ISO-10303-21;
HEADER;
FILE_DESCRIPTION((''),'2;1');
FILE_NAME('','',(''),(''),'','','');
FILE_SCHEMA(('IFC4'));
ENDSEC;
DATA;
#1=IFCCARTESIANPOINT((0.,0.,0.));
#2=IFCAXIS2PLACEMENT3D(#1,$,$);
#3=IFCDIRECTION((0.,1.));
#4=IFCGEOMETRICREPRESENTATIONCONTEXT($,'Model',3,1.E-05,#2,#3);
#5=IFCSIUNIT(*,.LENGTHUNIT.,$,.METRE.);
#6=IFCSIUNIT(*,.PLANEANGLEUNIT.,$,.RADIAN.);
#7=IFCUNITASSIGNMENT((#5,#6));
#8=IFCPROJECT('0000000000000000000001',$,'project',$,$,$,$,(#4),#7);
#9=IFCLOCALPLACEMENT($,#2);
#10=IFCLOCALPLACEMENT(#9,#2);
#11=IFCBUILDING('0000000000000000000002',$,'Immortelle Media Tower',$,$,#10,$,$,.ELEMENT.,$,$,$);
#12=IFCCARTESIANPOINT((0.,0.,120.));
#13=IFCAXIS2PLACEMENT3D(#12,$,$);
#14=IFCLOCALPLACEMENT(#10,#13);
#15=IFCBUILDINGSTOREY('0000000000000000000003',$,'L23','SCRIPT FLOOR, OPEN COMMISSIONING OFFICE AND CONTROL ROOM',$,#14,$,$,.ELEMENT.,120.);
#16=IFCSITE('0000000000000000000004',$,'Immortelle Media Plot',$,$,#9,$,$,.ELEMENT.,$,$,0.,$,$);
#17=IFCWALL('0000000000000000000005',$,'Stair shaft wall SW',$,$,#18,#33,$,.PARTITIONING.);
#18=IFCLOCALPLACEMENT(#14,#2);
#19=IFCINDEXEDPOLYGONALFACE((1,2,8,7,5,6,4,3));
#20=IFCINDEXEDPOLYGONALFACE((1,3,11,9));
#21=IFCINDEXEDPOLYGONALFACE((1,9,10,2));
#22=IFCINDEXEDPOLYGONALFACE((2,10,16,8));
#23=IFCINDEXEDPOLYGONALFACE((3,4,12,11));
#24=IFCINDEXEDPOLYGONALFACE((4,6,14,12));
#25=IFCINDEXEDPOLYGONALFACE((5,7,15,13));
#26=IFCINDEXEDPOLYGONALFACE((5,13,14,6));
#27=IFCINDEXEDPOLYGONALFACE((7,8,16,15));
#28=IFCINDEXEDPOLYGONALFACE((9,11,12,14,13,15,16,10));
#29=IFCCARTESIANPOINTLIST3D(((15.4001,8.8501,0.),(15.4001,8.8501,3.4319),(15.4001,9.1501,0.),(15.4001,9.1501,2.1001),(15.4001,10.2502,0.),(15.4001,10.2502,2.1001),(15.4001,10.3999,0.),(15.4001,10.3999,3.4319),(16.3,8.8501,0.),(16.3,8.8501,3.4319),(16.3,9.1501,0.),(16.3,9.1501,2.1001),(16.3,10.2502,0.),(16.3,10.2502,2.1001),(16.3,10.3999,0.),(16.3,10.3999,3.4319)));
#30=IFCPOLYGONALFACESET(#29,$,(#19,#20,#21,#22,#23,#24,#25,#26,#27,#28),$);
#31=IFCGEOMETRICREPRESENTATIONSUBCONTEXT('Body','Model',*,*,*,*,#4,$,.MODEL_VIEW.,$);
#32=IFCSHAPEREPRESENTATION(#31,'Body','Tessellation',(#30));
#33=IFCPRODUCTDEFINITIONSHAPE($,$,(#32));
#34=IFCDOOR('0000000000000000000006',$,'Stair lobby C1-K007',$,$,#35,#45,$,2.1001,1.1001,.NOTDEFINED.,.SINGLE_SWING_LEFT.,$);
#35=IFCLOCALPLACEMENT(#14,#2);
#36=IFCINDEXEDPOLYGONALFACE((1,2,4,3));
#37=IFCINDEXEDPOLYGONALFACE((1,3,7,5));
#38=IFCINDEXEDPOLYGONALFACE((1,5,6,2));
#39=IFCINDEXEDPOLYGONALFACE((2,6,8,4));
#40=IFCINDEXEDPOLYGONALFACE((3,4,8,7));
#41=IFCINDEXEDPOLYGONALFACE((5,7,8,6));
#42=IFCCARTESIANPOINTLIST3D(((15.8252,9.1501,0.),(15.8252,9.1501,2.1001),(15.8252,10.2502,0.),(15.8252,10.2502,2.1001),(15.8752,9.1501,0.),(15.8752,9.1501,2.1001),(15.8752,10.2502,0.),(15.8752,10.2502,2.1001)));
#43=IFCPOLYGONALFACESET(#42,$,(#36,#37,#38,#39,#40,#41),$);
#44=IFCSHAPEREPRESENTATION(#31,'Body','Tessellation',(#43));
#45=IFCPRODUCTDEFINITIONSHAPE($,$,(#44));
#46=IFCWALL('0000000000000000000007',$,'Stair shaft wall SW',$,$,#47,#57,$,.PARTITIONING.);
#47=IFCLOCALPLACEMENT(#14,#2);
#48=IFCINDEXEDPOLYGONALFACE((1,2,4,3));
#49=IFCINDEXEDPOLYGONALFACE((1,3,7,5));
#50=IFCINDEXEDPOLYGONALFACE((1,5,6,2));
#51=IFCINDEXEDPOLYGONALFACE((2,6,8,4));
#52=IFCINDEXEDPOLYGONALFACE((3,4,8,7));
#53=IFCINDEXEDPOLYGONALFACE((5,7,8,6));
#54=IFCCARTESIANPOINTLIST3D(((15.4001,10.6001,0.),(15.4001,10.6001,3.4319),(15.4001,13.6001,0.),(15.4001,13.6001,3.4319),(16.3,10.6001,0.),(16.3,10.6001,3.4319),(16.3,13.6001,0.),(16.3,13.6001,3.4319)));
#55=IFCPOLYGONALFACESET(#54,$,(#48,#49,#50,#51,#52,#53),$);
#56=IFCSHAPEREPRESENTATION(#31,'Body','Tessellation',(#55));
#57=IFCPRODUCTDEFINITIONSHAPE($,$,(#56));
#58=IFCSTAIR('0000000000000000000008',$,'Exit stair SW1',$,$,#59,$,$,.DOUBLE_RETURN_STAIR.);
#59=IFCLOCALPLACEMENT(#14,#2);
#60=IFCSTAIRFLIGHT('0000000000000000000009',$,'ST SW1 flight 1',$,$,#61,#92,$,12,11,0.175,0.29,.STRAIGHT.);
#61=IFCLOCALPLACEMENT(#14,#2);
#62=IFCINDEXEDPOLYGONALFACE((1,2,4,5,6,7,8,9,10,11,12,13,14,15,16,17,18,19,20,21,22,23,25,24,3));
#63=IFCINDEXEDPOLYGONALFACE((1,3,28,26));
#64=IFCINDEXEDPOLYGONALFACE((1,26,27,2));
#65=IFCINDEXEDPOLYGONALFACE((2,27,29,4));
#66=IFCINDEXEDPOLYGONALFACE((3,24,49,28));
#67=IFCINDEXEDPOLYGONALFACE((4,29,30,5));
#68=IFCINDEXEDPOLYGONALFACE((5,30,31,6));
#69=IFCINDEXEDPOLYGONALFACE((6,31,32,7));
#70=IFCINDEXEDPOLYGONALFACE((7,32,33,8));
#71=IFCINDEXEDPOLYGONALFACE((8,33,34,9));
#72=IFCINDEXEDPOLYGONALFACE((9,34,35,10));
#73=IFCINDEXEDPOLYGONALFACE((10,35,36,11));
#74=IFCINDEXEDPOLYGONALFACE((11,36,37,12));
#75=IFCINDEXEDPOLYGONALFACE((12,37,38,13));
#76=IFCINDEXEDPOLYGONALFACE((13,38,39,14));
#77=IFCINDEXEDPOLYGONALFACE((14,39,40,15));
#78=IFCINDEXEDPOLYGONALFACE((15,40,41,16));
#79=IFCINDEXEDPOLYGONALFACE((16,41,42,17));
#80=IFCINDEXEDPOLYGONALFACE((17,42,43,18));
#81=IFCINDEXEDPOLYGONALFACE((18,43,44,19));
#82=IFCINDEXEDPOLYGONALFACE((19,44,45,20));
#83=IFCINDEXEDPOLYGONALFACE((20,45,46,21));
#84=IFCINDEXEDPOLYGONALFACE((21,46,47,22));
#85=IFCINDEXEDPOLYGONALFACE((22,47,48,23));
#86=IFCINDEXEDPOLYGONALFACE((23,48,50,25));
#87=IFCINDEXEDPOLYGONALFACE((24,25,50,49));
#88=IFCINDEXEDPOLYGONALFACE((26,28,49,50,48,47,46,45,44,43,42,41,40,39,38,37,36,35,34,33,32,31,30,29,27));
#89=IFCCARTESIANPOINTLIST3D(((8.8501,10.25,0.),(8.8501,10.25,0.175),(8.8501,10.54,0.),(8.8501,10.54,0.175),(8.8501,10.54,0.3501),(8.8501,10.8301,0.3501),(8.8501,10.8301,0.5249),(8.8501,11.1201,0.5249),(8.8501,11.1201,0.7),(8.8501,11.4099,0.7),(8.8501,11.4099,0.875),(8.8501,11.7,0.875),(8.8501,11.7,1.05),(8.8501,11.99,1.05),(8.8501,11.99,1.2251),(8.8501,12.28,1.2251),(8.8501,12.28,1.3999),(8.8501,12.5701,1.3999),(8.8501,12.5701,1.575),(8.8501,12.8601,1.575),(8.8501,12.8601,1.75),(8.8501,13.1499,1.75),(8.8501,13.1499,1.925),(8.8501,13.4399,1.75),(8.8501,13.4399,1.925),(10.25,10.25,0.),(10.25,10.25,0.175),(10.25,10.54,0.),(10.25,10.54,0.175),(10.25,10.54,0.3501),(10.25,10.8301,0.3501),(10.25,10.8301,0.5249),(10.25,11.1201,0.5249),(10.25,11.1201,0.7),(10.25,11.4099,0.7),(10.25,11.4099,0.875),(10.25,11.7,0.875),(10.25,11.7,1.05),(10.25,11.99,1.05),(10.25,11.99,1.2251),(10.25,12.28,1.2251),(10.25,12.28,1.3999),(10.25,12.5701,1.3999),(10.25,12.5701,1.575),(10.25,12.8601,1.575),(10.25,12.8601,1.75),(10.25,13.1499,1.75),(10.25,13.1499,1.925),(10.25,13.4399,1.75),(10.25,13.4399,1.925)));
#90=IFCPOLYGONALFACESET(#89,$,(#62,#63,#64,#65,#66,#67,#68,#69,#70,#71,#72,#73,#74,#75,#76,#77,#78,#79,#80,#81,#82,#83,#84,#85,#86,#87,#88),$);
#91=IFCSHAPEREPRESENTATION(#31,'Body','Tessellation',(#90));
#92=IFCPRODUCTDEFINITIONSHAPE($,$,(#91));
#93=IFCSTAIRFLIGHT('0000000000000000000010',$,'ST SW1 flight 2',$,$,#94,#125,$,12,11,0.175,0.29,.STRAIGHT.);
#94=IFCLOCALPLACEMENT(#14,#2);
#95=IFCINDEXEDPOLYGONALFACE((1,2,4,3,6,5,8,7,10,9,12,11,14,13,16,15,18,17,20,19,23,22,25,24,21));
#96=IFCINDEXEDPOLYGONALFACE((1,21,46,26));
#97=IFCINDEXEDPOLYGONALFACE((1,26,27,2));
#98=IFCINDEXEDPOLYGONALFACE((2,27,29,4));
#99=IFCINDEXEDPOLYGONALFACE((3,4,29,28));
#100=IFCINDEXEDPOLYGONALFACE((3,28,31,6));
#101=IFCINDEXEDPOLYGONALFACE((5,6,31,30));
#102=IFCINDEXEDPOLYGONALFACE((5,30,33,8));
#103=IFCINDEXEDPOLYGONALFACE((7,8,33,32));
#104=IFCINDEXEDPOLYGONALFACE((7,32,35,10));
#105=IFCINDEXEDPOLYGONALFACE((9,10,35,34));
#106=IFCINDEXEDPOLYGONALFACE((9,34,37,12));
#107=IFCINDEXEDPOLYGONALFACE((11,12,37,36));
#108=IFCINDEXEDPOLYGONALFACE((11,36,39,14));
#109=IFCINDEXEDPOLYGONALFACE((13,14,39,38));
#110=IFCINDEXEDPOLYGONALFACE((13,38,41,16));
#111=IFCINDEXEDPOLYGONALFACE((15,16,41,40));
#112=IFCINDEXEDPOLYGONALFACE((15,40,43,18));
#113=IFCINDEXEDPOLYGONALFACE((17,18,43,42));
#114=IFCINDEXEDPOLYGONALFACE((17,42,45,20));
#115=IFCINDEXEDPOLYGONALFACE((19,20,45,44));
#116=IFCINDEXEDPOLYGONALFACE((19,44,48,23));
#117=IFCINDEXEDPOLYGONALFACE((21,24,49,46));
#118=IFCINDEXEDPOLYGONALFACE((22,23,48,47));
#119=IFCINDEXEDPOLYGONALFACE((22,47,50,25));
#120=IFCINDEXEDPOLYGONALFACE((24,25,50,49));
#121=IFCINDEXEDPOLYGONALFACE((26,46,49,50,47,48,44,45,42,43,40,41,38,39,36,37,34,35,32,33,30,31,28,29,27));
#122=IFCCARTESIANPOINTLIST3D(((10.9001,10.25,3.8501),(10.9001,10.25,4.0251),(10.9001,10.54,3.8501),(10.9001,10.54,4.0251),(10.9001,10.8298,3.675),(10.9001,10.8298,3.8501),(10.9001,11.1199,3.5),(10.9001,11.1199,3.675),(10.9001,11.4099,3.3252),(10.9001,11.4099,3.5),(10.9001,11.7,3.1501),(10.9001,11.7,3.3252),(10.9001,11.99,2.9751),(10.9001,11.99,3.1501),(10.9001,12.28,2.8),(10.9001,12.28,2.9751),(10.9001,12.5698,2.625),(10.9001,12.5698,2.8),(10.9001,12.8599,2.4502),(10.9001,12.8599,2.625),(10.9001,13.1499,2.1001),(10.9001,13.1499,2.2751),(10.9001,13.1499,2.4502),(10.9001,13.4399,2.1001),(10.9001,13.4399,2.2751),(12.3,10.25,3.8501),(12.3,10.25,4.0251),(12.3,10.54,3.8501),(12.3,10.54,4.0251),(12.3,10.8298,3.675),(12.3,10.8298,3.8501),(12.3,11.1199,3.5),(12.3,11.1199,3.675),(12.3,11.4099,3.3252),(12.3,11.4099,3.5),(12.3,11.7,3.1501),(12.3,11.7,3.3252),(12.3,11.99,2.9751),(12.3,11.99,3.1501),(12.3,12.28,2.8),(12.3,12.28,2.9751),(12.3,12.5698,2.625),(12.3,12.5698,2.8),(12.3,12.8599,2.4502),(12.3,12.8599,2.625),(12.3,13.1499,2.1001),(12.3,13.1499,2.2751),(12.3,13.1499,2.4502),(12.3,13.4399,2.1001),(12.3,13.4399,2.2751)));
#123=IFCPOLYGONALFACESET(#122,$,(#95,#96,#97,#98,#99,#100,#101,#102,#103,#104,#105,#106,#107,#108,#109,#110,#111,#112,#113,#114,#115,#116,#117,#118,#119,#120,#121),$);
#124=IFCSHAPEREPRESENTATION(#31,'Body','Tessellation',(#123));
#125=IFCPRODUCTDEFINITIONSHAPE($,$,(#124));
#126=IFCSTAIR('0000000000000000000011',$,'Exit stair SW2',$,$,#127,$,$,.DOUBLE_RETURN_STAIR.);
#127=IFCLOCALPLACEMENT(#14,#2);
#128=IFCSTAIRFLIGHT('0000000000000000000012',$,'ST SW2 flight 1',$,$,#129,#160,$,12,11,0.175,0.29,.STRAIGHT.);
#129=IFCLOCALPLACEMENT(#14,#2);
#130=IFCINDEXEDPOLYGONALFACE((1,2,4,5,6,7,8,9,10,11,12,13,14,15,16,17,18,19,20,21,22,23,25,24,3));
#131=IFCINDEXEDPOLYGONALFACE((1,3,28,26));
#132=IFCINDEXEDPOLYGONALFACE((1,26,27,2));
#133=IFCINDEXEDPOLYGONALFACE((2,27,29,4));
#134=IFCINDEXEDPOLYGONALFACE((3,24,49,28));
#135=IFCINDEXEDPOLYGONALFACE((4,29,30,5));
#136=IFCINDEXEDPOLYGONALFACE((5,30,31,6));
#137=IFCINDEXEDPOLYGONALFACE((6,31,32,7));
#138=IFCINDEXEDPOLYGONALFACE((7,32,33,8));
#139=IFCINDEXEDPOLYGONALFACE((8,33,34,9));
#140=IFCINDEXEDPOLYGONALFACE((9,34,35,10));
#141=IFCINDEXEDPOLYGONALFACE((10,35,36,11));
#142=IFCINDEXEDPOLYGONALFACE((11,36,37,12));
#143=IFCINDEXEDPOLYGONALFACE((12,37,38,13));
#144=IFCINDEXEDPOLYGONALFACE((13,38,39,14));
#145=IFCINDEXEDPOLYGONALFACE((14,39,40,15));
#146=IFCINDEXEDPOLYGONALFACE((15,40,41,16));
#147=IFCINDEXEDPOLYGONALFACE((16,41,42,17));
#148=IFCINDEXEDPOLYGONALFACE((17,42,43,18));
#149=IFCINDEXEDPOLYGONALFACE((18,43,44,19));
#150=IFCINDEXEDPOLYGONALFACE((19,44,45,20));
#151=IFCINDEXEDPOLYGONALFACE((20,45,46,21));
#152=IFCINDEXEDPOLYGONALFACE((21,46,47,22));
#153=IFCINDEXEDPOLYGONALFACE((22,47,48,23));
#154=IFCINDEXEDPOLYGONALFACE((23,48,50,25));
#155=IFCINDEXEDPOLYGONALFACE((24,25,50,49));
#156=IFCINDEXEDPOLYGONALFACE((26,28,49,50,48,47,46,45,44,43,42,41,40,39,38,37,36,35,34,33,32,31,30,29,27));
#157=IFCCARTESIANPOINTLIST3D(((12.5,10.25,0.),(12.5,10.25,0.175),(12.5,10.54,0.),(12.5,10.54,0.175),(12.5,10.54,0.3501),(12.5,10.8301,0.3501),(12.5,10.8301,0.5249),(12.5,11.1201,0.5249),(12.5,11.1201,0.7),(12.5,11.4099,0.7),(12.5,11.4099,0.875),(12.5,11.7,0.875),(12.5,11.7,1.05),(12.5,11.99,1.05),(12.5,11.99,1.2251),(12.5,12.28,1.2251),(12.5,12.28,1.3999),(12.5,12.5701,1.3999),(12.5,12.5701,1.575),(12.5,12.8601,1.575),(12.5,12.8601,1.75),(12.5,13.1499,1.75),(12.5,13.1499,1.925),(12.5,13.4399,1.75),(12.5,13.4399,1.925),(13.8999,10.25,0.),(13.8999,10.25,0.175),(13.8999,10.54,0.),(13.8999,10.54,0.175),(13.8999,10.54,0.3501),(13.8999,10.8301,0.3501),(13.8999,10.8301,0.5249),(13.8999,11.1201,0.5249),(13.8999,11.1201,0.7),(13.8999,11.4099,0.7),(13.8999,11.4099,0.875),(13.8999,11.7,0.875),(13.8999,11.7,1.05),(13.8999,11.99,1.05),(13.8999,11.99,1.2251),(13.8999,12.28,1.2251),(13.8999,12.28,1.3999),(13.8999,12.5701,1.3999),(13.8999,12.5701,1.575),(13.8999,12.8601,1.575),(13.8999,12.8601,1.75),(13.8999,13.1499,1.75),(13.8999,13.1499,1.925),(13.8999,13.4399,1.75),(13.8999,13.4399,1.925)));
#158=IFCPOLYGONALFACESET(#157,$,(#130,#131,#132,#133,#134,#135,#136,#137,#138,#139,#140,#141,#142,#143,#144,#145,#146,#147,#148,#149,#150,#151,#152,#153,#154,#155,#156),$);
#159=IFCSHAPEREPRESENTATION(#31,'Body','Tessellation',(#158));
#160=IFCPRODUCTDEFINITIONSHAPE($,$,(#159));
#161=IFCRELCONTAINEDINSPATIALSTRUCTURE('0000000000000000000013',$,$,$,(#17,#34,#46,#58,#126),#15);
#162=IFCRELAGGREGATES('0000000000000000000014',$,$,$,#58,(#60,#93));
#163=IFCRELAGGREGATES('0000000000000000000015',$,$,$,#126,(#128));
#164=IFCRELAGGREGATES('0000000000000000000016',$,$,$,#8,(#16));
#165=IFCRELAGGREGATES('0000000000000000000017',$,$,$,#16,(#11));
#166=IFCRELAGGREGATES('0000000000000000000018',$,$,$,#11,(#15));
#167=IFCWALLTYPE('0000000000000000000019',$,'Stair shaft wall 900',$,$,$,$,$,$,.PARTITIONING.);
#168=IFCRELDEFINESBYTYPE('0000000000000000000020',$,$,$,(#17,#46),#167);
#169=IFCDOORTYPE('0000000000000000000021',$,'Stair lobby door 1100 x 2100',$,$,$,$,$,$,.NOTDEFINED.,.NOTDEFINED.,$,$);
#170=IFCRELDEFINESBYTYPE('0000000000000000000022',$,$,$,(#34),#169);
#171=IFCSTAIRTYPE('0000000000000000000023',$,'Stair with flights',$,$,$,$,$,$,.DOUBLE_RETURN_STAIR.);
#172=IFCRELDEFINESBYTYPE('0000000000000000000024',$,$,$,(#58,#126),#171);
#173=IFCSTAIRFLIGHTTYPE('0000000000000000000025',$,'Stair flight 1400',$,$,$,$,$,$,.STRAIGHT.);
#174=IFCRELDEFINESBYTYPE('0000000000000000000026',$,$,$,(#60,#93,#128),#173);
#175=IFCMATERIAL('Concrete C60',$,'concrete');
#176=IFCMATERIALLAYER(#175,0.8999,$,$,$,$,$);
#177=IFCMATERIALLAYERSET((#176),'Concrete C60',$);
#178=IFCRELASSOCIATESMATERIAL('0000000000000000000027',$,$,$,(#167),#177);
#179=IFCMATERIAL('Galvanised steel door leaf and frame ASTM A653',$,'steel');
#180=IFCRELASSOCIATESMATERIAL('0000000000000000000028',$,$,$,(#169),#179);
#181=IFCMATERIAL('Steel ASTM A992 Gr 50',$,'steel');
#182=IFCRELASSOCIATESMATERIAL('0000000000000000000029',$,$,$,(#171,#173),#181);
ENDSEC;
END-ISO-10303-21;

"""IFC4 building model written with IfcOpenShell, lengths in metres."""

from ifc_helpers import new_model, si_unit, direction, frame, frame_2d, origin, place, context, subcontext, project, spatial, polyline, rectangle, outline, extrude, material, layer, layer_set, type_object, element, fill, aggregate, save


model = new_model("IFC4")

# Units and contexts
model_context = context("Model", 3, precision=1e-05, world=origin(), true_north=direction((0.0, 1.0)))
body_context = subcontext(model_context, "Body", "Model", "MODEL_VIEW")
ifc_project = project(units=[si_unit("LENGTHUNIT", "METRE"), si_unit("PLANEANGLEUNIT", "RADIAN")], contexts=[model_context])

# Site, building, storey
site_placement = place(None, origin())
site = spatial("IfcSite", under=ifc_project, at=site_placement, Name="Immortelle Media Plot", CompositionType="ELEMENT", RefElevation=0.0)
building_placement = place(site_placement, origin())
building = spatial("IfcBuilding", under=site, at=building_placement, Name="Immortelle Media Tower", CompositionType="ELEMENT")
storey_placement = place(building_placement, frame((0.0, 0.0, 120.0)))
storey = spatial("IfcBuildingStorey", under=building, at=storey_placement, Name="L23", Description="SCRIPT FLOOR, OPEN COMMISSIONING OFFICE AND CONTROL ROOM", CompositionType="ELEMENT", Elevation=120.0)

# Shared definitions
ifc_material_1 = material(Name="Steel ASTM A992 Gr 50", Category="steel")

# Shared definitions
ifc_material_2 = material(Name="Concrete C60", Category="concrete")

# Wall, opening, door
ifc_layer_1 = layer(ifc_material_2, 0.8999)
ifc_layer_set_1 = layer_set([ifc_layer_1], Name="Concrete C60")
wall_type_1 = type_object("IfcWallType", Name="Stair shaft wall 900", PredefinedType="PARTITIONING", material=ifc_layer_set_1)
wall_1_placement = place(storey_placement, frame((15.8501, 8.8501, 0.0), z_axis=(0.0, 0.0, 1.0), x_axis=(0.0, 1.0, 0.0)))
wall_1 = element("IfcWall", 1, at=wall_1_placement, inside=storey, type_object=wall_type_1, Name="Stair shaft wall SW", PredefinedType="PARTITIONING", context=body_context, shape_type="SweptSolid", body=[
    extrude(rectangle(XDim=1.5498, YDim=0.8999, at=frame_2d((0.7749, 0.0))), origin(), (0.0, 0.0, 1.0), 3.4319),
])
opening_1_placement = place(wall_1_placement, frame((0.3, 0.0, 0.0)))
opening_1 = element("IfcOpeningElement", 2, at=opening_1_placement, cuts=wall_1, PredefinedType="OPENING", context=body_context, shape_type="SweptSolid", body=[
    extrude(rectangle(XDim=1.1001, YDim=2.1001, at=frame_2d((0.55, 1.05))), frame((0.0, 0.46, 0.0), z_axis=(0.0, -1.0, 0.0), x_axis=(1.0, 0.0, 0.0)), (0.0, 0.0, 1.0), 0.9199),
])
ifc_material_3 = material(Name="Galvanised steel door leaf and frame ASTM A653", Category="steel")
door_type_1 = type_object("IfcDoorType", Name="Stair lobby door 1100 x 2100", OperationType="NOTDEFINED", PredefinedType="NOTDEFINED", material=ifc_material_3)
door_1_placement = place(opening_1_placement, origin())
door_1 = element("IfcDoor", 3, at=door_1_placement, inside=storey, type_object=door_type_1, Name="Stair lobby C1-K007", OperationType="SINGLE_SWING_LEFT", OverallHeight=2.1001, OverallWidth=1.1001, PredefinedType="NOTDEFINED", context=body_context, shape_type="SweptSolid", body=[
    extrude(rectangle(XDim=1.1001, YDim=2.1001, at=frame_2d((0.55, 1.05))), frame((0.0, 0.0249, 0.0), z_axis=(0.0, -1.0, 0.0), x_axis=(1.0, 0.0, 0.0)), (0.0, 0.0, 1.0), 0.05),
])
fill(opening_1, door_1)

# Wall
wall_2_placement = place(storey_placement, frame((15.8501, 10.6001, 0.0), z_axis=(0.0, 0.0, 1.0), x_axis=(0.0, 1.0, 0.0)))
element("IfcWall", 4, at=wall_2_placement, inside=storey, type_object=wall_type_1, Name="Stair shaft wall SW", PredefinedType="PARTITIONING", context=body_context, shape_type="SweptSolid", body=[
    extrude(rectangle(XDim=3.0, YDim=0.8999, at=frame_2d((1.5, 0.0))), origin(), (0.0, 0.0, 1.0), 3.4319),
])

# Stairs, stair flights
stair_type = type_object("IfcStairType", Name="Stair with flights", PredefinedType="DOUBLE_RETURN_STAIR", material=ifc_material_1)
stair_1_placement = place(storey_placement, origin())
stair_1 = element("IfcStair", 5, at=stair_1_placement, inside=storey, type_object=stair_type, Name="Exit stair SW1", PredefinedType="DOUBLE_RETURN_STAIR")
stair_flight_type = type_object("IfcStairFlightType", Name="Stair flight 1400", PredefinedType="STRAIGHT", material=ifc_material_1)
stair_flight_1_placement = place(storey_placement, frame((9.55, 10.25, 0.0), z_axis=(0.0, 0.0, 1.0), x_axis=(0.0, 1.0, 0.0)))
stair_flight_1 = element("IfcStairFlight", 6, at=stair_flight_1_placement, type_object=stair_flight_type, Name="ST SW1 flight 1", NumberOfRisers=12, NumberOfTreads=11, PredefinedType="STRAIGHT", RiserHeight=0.175, TreadLength=0.29, context=body_context, shape_type="SweptSolid", body=[
    extrude(outline(polyline([(0.0, 0.0), (0.0, 0.175), (0.29, 0.175), (0.29, 0.3501), (0.5801, 0.3501), (0.5801, 0.5249), (0.8701, 0.5249), (0.8701, 0.7), (1.1599, 0.7), (1.1599, 0.875), (1.45, 0.875), (1.45, 1.05), (1.74, 1.05), (1.74, 1.2251), (2.03, 1.2251), (2.03, 1.3999), (2.3201, 1.3999), (2.3201, 1.575), (2.6101, 1.575), (2.6101, 1.75), (2.8999, 1.75), (2.8999, 1.925), (3.1899, 1.925), (3.1899, 2.1001), (3.1899, 1.75), (0.29, 0.0), (0.0, 0.0)])), frame((0.0, 0.7, 0.0), z_axis=(0.0, -1.0, 0.0), x_axis=(1.0, 0.0, 0.0)), (0.0, 0.0, 1.0), 1.3999),
])
stair_flight_2_placement = place(storey_placement, frame((11.6001, 13.4399, 2.1001), z_axis=(0.0, 0.0, 1.0), x_axis=(0.0, -1.0, 0.0)))
stair_flight_2 = element("IfcStairFlight", 7, at=stair_flight_2_placement, type_object=stair_flight_type, Name="ST SW1 flight 2", NumberOfRisers=12, NumberOfTreads=11, PredefinedType="STRAIGHT", RiserHeight=0.175, TreadLength=0.29, context=body_context, shape_type="SweptSolid", body=[
    extrude(outline(polyline([(0.0, 0.0), (0.0, 0.175), (0.29, 0.175), (0.29, 0.3501), (0.5801, 0.3501), (0.5801, 0.5249), (0.8701, 0.5249), (0.8701, 0.7), (1.1599, 0.7), (1.1599, 0.875), (1.45, 0.875), (1.45, 1.05), (1.74, 1.05), (1.74, 1.2251), (2.03, 1.2251), (2.03, 1.3999), (2.3201, 1.3999), (2.3201, 1.575), (2.6101, 1.575), (2.6101, 1.75), (2.8999, 1.75), (2.8999, 1.925), (3.1899, 1.925), (3.1899, 2.1001), (3.1899, 1.75), (0.29, 0.0), (0.0, 0.0)])), frame((0.0, 0.7, 0.0), z_axis=(0.0, -1.0, 0.0), x_axis=(1.0, 0.0, 0.0)), (0.0, 0.0, 1.0), 1.3999),
])
aggregate(stair_1, [stair_flight_1, stair_flight_2])
stair_2_placement = place(storey_placement, origin())
stair_2 = element("IfcStair", 8, at=stair_2_placement, inside=storey, type_object=stair_type, Name="Exit stair SW2", PredefinedType="DOUBLE_RETURN_STAIR")
stair_flight_3_placement = place(storey_placement, frame((13.2, 10.25, 0.0), z_axis=(0.0, 0.0, 1.0), x_axis=(0.0, 1.0, 0.0)))
stair_flight_3 = element("IfcStairFlight", 9, at=stair_flight_3_placement, type_object=stair_flight_type, Name="ST SW2 flight 1", NumberOfRisers=12, NumberOfTreads=11, PredefinedType="STRAIGHT", RiserHeight=0.175, TreadLength=0.29, context=body_context, shape_type="SweptSolid", body=[
    extrude(outline(polyline([(0.0, 0.0), (0.0, 0.175), (0.29, 0.175), (0.29, 0.3501), (0.5801, 0.3501), (0.5801, 0.5249), (0.8701, 0.5249), (0.8701, 0.7), (1.1599, 0.7), (1.1599, 0.875), (1.45, 0.875), (1.45, 1.05), (1.74, 1.05), (1.74, 1.2251), (2.03, 1.2251), (2.03, 1.3999), (2.3201, 1.3999), (2.3201, 1.575), (2.6101, 1.575), (2.6101, 1.75), (2.8999, 1.75), (2.8999, 1.925), (3.1899, 1.925), (3.1899, 2.1001), (3.1899, 1.75), (0.29, 0.0), (0.0, 0.0)])), frame((0.0, 0.7, 0.0), z_axis=(0.0, -1.0, 0.0), x_axis=(1.0, 0.0, 0.0)), (0.0, 0.0, 1.0), 1.3999),
])
aggregate(stair_2, [stair_flight_3])

save(model, "model.ifc")
